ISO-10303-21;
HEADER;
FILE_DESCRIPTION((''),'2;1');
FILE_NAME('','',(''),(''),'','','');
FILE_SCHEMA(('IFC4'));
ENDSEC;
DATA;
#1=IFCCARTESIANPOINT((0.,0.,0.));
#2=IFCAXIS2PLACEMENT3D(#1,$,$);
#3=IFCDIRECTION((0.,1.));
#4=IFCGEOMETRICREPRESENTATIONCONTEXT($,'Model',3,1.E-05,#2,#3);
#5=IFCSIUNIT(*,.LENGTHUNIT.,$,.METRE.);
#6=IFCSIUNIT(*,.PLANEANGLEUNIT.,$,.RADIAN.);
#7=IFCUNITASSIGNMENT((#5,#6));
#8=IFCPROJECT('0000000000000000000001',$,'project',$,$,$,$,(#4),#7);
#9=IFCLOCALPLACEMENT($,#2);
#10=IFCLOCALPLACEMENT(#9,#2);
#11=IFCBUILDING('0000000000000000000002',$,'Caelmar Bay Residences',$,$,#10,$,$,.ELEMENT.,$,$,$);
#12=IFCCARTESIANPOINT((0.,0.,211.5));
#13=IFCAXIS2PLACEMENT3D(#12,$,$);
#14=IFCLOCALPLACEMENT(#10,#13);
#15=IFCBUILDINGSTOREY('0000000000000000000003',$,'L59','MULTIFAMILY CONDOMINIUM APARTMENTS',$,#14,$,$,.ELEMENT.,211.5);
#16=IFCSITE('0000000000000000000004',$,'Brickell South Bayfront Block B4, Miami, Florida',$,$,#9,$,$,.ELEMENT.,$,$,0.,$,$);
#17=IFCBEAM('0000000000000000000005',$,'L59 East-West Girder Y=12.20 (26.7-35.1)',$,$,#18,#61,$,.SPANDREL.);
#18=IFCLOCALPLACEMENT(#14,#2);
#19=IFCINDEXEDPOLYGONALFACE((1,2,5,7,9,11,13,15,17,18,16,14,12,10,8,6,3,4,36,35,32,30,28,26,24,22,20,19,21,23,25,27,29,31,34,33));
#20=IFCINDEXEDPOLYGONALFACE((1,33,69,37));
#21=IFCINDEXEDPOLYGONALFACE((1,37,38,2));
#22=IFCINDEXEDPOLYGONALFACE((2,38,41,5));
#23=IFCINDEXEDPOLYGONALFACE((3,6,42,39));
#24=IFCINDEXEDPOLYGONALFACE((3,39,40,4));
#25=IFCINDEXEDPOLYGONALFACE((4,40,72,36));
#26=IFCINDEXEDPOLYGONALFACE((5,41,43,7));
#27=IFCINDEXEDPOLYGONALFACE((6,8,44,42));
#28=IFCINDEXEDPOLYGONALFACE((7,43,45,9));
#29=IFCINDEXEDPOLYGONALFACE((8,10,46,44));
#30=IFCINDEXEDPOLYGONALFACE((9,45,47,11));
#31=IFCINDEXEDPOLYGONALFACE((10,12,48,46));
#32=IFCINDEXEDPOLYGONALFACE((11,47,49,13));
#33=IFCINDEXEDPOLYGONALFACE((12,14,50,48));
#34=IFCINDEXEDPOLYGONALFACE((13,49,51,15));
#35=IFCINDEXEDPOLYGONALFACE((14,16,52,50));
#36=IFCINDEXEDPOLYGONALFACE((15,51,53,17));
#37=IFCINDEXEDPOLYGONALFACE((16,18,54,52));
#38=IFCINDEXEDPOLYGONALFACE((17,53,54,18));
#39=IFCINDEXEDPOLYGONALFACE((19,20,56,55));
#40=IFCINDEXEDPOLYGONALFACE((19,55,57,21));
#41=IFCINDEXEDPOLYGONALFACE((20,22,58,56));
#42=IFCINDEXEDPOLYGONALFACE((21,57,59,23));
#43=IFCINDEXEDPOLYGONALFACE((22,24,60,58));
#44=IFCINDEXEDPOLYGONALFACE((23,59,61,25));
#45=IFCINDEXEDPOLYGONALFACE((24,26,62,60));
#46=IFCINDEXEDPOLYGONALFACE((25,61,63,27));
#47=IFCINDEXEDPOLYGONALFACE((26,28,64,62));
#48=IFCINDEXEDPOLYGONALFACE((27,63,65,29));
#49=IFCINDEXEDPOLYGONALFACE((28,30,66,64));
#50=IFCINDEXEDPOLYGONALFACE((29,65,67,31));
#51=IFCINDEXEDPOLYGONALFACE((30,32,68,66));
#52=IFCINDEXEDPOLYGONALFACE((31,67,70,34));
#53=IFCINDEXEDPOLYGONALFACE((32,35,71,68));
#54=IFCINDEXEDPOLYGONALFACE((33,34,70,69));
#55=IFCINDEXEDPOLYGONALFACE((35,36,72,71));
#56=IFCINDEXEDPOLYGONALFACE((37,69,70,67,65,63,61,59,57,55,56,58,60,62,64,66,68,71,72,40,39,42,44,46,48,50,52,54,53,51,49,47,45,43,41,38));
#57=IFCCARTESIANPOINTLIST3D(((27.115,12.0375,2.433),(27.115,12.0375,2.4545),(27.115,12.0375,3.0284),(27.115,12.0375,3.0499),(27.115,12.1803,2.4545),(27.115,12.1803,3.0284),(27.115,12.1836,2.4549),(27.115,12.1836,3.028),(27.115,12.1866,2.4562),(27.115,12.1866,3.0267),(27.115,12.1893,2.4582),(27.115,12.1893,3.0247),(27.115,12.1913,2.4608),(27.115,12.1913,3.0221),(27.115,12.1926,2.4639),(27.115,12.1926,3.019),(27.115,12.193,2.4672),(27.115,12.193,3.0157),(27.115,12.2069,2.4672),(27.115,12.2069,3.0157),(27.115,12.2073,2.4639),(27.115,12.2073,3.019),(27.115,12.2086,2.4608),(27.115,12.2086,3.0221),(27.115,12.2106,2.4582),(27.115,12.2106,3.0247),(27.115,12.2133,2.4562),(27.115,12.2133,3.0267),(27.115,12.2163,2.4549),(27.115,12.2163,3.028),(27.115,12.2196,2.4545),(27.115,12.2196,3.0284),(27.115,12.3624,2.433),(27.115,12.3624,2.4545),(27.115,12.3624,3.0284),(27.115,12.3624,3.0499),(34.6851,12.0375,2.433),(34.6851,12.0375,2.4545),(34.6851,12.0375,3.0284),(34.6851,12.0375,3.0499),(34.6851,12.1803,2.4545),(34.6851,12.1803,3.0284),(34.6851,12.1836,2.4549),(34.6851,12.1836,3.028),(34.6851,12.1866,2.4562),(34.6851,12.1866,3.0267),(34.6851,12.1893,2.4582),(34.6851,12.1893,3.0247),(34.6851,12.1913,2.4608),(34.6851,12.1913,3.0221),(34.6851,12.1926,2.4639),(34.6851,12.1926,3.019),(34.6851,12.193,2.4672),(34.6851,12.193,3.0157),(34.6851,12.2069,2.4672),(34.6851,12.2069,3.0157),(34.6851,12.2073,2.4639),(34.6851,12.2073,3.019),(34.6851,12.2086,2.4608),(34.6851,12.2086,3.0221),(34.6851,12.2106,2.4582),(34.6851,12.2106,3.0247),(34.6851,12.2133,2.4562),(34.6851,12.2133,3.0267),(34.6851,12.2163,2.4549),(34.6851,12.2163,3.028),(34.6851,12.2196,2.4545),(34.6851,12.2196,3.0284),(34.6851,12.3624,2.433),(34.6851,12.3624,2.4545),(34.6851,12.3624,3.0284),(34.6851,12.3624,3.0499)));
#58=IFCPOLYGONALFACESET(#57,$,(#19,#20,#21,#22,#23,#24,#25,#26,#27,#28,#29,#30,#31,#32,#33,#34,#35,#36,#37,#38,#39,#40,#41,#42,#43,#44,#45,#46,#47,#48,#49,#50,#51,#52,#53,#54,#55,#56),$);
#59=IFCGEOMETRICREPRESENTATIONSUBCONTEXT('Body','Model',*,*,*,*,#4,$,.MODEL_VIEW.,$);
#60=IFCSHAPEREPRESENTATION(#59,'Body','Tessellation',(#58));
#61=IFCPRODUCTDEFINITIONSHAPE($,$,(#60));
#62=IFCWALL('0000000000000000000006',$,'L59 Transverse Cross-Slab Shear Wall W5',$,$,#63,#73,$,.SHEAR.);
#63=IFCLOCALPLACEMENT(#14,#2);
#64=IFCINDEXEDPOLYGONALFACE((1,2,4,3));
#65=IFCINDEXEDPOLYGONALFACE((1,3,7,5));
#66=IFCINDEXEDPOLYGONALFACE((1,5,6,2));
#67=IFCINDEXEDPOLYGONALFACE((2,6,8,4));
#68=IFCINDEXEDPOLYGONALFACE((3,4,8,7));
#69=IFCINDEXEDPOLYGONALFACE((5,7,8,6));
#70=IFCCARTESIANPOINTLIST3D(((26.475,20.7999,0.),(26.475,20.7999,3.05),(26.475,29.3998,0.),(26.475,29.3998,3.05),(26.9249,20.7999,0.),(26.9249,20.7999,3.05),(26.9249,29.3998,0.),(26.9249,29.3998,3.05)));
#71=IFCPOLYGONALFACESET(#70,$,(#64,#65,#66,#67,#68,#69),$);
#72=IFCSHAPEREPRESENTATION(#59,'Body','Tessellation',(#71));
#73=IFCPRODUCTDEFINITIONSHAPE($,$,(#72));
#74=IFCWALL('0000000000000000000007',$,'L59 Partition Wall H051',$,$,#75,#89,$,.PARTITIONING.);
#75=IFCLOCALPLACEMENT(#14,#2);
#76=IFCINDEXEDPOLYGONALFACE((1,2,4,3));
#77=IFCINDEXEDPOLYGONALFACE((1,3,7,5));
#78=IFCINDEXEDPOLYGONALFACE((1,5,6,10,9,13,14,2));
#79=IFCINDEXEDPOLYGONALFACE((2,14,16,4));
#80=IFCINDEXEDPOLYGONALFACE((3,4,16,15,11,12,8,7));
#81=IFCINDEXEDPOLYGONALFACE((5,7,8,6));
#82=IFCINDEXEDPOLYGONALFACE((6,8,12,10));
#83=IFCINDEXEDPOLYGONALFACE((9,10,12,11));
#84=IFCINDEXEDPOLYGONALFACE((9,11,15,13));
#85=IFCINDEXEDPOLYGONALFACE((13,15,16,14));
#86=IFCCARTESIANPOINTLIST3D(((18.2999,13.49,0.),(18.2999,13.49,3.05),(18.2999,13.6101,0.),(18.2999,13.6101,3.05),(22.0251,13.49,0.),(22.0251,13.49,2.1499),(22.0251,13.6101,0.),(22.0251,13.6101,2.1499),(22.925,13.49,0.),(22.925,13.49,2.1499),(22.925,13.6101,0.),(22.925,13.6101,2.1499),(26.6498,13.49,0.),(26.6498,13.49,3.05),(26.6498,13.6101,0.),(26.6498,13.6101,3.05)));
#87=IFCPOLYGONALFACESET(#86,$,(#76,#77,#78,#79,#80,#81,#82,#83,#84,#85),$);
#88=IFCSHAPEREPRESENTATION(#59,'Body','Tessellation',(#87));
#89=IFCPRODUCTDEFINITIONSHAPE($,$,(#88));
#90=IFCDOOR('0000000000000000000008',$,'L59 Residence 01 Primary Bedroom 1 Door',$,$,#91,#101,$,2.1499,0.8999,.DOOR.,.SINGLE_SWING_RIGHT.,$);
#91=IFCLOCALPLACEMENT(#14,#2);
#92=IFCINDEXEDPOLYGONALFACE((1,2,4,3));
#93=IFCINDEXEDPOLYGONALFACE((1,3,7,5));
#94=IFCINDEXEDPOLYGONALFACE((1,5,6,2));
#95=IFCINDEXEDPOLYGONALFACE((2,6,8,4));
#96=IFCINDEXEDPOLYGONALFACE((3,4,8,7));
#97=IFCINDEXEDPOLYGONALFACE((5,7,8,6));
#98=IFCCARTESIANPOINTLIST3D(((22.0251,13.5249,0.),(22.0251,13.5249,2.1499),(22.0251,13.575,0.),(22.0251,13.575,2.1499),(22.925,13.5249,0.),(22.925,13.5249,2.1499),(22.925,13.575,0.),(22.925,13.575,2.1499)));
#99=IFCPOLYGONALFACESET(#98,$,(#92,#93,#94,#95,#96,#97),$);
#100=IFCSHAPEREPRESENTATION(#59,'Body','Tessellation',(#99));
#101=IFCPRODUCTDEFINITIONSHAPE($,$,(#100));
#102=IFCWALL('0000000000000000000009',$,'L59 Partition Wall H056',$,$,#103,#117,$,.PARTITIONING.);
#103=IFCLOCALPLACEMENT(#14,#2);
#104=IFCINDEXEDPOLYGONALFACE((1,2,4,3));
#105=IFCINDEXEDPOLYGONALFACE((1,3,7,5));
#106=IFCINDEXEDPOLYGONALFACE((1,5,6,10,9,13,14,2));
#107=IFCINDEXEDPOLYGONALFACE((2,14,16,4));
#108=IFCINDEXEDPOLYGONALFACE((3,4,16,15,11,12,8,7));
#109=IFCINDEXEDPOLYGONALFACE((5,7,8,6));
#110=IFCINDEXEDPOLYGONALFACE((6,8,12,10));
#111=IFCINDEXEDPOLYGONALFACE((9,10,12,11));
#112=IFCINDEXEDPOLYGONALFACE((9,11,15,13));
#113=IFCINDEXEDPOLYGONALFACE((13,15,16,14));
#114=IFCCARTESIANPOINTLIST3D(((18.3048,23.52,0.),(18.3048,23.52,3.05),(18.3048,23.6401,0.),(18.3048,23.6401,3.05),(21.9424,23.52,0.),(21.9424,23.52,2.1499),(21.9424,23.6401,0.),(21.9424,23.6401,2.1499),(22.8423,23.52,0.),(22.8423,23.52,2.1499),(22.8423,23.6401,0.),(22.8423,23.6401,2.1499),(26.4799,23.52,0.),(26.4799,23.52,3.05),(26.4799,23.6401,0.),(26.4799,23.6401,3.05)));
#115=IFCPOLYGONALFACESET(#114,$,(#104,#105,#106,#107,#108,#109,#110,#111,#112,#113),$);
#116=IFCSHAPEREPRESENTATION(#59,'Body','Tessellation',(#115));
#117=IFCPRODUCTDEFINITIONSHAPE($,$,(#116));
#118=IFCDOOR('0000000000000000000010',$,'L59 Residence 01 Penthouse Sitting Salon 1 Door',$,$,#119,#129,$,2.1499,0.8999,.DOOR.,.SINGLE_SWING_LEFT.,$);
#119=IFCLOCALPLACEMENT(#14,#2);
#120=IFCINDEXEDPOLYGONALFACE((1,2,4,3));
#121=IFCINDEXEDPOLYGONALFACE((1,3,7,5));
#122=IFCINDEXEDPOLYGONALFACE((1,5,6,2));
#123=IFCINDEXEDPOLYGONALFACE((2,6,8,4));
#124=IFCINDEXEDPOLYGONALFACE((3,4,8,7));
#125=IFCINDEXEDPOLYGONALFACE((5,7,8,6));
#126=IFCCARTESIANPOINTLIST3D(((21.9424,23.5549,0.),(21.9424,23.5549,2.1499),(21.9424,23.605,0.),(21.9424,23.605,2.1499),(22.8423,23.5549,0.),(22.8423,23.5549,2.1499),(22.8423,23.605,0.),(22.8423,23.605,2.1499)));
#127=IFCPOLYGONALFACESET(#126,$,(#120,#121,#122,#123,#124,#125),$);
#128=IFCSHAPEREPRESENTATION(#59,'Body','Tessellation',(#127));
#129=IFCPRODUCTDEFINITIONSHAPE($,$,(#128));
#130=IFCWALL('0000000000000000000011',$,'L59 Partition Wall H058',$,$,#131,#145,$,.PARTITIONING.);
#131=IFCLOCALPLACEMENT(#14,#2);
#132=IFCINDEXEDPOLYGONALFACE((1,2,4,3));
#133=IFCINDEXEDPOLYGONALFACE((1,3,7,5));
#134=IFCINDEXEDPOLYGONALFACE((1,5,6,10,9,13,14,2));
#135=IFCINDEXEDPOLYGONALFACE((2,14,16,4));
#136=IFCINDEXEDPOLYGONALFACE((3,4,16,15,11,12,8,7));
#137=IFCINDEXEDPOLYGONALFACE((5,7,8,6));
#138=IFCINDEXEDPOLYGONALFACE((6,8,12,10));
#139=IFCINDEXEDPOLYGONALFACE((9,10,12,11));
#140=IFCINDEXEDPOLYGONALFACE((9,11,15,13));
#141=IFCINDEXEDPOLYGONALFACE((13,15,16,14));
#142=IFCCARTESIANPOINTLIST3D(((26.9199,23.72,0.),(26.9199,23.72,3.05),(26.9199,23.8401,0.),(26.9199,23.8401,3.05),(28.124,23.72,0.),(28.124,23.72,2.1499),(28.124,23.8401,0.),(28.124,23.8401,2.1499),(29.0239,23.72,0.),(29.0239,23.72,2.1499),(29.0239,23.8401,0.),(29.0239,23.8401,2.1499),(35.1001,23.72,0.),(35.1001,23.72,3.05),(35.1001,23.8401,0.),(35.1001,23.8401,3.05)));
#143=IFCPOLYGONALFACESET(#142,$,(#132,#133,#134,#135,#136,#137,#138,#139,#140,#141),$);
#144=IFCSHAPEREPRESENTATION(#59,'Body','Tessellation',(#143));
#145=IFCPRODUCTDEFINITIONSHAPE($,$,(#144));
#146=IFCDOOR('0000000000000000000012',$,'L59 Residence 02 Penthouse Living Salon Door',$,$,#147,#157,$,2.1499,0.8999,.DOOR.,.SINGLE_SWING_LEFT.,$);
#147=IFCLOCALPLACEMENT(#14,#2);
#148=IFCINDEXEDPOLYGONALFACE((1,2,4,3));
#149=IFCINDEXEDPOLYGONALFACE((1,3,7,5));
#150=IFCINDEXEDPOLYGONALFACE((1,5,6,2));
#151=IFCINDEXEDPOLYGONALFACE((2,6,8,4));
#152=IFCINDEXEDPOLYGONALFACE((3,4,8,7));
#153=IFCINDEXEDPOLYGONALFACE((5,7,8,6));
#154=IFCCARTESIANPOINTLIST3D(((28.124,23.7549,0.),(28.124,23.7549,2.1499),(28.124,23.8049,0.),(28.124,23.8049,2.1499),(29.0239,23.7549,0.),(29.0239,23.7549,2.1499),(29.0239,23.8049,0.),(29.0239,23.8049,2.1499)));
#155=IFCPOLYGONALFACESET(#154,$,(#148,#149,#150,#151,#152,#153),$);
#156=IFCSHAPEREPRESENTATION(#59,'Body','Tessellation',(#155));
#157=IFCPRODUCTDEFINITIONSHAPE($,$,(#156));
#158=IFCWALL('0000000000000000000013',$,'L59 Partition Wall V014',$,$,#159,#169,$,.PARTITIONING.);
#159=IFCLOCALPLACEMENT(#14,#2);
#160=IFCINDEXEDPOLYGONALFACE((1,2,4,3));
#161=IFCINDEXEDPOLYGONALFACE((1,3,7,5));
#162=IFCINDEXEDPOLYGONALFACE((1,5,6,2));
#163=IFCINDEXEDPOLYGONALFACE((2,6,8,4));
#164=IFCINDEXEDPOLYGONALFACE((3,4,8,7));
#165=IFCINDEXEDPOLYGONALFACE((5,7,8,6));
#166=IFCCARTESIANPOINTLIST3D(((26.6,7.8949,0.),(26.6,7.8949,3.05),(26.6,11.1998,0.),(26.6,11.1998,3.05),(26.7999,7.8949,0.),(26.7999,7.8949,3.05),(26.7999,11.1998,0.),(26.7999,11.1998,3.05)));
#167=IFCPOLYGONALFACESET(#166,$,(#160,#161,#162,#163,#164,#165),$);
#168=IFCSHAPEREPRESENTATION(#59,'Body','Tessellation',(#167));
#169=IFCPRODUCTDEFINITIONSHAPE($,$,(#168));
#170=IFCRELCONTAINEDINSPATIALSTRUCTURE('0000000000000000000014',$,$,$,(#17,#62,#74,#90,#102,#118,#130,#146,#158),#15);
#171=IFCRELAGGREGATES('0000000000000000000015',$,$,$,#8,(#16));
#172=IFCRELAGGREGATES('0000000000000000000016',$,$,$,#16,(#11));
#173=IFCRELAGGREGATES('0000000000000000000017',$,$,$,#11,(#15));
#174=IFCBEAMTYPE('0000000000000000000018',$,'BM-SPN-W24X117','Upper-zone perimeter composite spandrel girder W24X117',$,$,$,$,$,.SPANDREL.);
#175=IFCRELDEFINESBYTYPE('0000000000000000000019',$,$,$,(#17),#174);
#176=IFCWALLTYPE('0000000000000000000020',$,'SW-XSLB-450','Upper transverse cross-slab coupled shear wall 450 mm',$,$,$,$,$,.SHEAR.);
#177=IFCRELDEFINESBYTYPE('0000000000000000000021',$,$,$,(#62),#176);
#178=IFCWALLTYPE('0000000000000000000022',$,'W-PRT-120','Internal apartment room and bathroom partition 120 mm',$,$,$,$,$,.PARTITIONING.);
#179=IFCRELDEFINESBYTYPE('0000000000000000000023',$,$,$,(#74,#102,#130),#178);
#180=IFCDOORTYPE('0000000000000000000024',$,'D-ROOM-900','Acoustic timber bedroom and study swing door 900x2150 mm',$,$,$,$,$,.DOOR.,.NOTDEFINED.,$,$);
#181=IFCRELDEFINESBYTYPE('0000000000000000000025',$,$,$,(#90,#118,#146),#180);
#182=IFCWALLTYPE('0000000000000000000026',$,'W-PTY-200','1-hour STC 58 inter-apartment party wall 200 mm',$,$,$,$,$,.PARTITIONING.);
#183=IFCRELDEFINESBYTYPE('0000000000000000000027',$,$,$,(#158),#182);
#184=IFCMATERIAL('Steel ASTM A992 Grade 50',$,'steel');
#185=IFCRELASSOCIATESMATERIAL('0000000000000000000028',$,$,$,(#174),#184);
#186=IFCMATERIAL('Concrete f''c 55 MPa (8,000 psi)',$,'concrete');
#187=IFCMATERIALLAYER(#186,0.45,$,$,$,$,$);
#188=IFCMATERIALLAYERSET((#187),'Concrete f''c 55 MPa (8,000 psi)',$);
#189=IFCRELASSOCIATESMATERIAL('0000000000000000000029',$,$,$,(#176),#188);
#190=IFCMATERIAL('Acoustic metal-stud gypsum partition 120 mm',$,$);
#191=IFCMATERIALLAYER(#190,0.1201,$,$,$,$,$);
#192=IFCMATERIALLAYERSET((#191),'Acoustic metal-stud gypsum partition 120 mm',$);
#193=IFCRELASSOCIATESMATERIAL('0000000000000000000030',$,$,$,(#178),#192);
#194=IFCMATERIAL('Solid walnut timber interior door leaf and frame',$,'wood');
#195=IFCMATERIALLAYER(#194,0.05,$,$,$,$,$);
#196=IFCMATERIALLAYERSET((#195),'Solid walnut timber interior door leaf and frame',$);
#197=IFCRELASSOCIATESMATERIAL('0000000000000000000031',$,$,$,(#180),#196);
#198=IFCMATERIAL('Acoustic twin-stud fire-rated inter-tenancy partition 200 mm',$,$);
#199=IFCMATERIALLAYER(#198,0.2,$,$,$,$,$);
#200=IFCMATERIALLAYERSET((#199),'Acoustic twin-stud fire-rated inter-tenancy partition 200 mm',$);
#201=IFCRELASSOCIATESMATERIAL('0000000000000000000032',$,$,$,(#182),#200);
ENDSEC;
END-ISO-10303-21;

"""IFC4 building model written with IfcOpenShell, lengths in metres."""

from ifc_helpers import new_model, si_unit, direction, frame, frame_2d, origin, origin_2d, place, context, subcontext, project, spatial, rectangle, i_section, extrude, material, layer, layer_set, material_profile, profile_set, type_object, element, fill, save


model = new_model("IFC4")

# Units and contexts
model_context = context("Model", 3, precision=1e-05, world=origin(), true_north=direction((0.0, 1.0)))
body_context = subcontext(model_context, "Body", "Model", "MODEL_VIEW")
ifc_project = project(units=[si_unit("LENGTHUNIT", "METRE"), si_unit("PLANEANGLEUNIT", "RADIAN")], contexts=[model_context])

# Site, building, storey
site_placement = place(None, origin())
site = spatial("IfcSite", under=ifc_project, at=site_placement, Name="Brickell South Bayfront Block B4, Miami, Florida", CompositionType="ELEMENT", RefElevation=0.0)
building_placement = place(site_placement, origin())
building = spatial("IfcBuilding", under=site, at=building_placement, Name="Caelmar Bay Residences", CompositionType="ELEMENT")
storey_placement = place(building_placement, frame((0.0, 0.0, 211.5)))
storey = spatial("IfcBuildingStorey", under=building, at=storey_placement, Name="L59", Description="MULTIFAMILY CONDOMINIUM APARTMENTS", CompositionType="ELEMENT", Elevation=211.5)

# Shared definitions
ifc_material_1 = material(Name="Concrete f'c 55 MPa (8,000 psi)", Category="concrete")

# Beam
ifc_material_2 = material(Name="Steel ASTM A992 Grade 50", Category="steel")
ifc_material_profile_1 = material_profile(ifc_material_2, i_section(OverallWidth=0.325, OverallDepth=0.6169, WebThickness=0.0139, FlangeThickness=0.0215, FilletRadius=0.0127, at=origin_2d()), Name="W24X117")
ifc_profile_set_1 = profile_set([ifc_material_profile_1], Name="Steel ASTM A992 Grade 50")
beam_type_1 = type_object("IfcBeamType", Name="BM-SPN-W24X117", Description="Upper-zone perimeter composite spandrel girder W24X117", PredefinedType="SPANDREL", material=ifc_profile_set_1)
beam_1_placement = place(storey_placement, frame((27.115, 12.2, 2.7415), z_axis=(1.0, 0.0, 0.0), x_axis=(0.0, 1.0, 0.0)))
element("IfcBeam", 1, at=beam_1_placement, inside=storey, type_object=beam_type_1, Name="L59 East-West Girder Y=12.20 (26.7-35.1)", PredefinedType="SPANDREL", context=body_context, shape_type="SweptSolid", body=[
    extrude(i_section(OverallWidth=0.325, OverallDepth=0.6169, WebThickness=0.0139, FlangeThickness=0.0215, FilletRadius=0.0127, at=origin_2d()), origin(), (0.0, 0.0, 1.0), 7.5701),
])

# Wall
ifc_layer_1 = layer(ifc_material_1, 0.45)
ifc_layer_set_1 = layer_set([ifc_layer_1], Name="Concrete f'c 55 MPa (8,000 psi)")
wall_type_1 = type_object("IfcWallType", Name="SW-XSLB-450", Description="Upper transverse cross-slab coupled shear wall 450 mm", PredefinedType="SHEAR", material=ifc_layer_set_1)
wall_1_placement = place(storey_placement, frame((26.7, 20.8, 0.0), z_axis=(0.0, 0.0, 1.0), x_axis=(0.0, 1.0, 0.0)))
element("IfcWall", 2, at=wall_1_placement, inside=storey, type_object=wall_type_1, Name="L59 Transverse Cross-Slab Shear Wall W5", PredefinedType="SHEAR", context=body_context, shape_type="SweptSolid", body=[
    extrude(rectangle(XDim=8.5999, YDim=0.45, at=frame_2d((4.2998, 0.0))), origin(), (0.0, 0.0, 1.0), 3.05),
])

# Walls, openings, doors
ifc_material_3 = material(Name="Acoustic metal-stud gypsum partition 120 mm")
ifc_layer_2 = layer(ifc_material_3, 0.1201)
ifc_layer_set_2 = layer_set([ifc_layer_2], Name="Acoustic metal-stud gypsum partition 120 mm")
wall_type_2 = type_object("IfcWallType", Name="W-PRT-120", Description="Internal apartment room and bathroom partition 120 mm", PredefinedType="PARTITIONING", material=ifc_layer_set_2)
wall_2_placement = place(storey_placement, frame((18.3, 13.55, 0.0), z_axis=(0.0, 0.0, 1.0), x_axis=(1.0, 0.0, 0.0)))
wall_2 = element("IfcWall", 3, at=wall_2_placement, inside=storey, type_object=wall_type_2, Name="L59 Partition Wall H051", PredefinedType="PARTITIONING", context=body_context, shape_type="SweptSolid", body=[
    extrude(rectangle(XDim=8.3499, YDim=0.1201, at=frame_2d((4.1748, 0.0))), origin(), (0.0, 0.0, 1.0), 3.05),
])
opening_1_placement = place(wall_2_placement, frame((3.7251, 0.0, 0.0)))
opening_1 = element("IfcOpeningElement", 4, at=opening_1_placement, cuts=wall_2, PredefinedType="OPENING", context=body_context, shape_type="SweptSolid", body=[
    extrude(rectangle(XDim=0.8999, YDim=2.1499, at=frame_2d((0.45, 1.075))), frame((0.0, 0.0701, 0.0), z_axis=(0.0, -1.0, 0.0), x_axis=(1.0, 0.0, 0.0)), (0.0, 0.0, 1.0), 0.1401),
])
ifc_material_4 = material(Name="Solid walnut timber interior door leaf and frame", Category="wood")
ifc_layer_3 = layer(ifc_material_4, 0.05)
ifc_layer_set_3 = layer_set([ifc_layer_3], Name="Solid walnut timber interior door leaf and frame")
door_type = type_object("IfcDoorType", Name="D-ROOM-900", Description="Acoustic timber bedroom and study swing door 900x2150 mm", OperationType="NOTDEFINED", PredefinedType="DOOR", material=ifc_layer_set_3)
door_1_placement = place(opening_1_placement, origin())
door_1 = element("IfcDoor", 5, at=door_1_placement, inside=storey, type_object=door_type, Name="L59 Residence 01 Primary Bedroom 1 Door", OperationType="SINGLE_SWING_RIGHT", OverallHeight=2.1499, OverallWidth=0.8999, PredefinedType="DOOR", context=body_context, shape_type="SweptSolid", body=[
    extrude(rectangle(XDim=0.8999, YDim=2.1499, at=frame_2d((0.45, 1.075))), frame((0.0, 0.0249, 0.0), z_axis=(0.0, -1.0, 0.0), x_axis=(1.0, 0.0, 0.0)), (0.0, 0.0, 1.0), 0.05),
])
fill(opening_1, door_1)
wall_3_placement = place(storey_placement, frame((18.3049, 23.5801, 0.0), z_axis=(0.0, 0.0, 1.0), x_axis=(1.0, 0.0, 0.0)))
wall_3 = element("IfcWall", 6, at=wall_3_placement, inside=storey, type_object=wall_type_2, Name="L59 Partition Wall H056", PredefinedType="PARTITIONING", context=body_context, shape_type="SweptSolid", body=[
    extrude(rectangle(XDim=8.175, YDim=0.1201, at=frame_2d((4.0874, 0.0))), origin(), (0.0, 0.0, 1.0), 3.05),
])
opening_2_placement = place(wall_3_placement, frame((3.6375, 0.0, 0.0)))
opening_2 = element("IfcOpeningElement", 7, at=opening_2_placement, cuts=wall_3, PredefinedType="OPENING", context=body_context, shape_type="SweptSolid", body=[
    extrude(rectangle(XDim=0.8999, YDim=2.1499, at=frame_2d((0.45, 1.075))), frame((0.0, 0.0701, 0.0), z_axis=(0.0, -1.0, 0.0), x_axis=(1.0, 0.0, 0.0)), (0.0, 0.0, 1.0), 0.1401),
])
door_2_placement = place(opening_2_placement, origin())
door_2 = element("IfcDoor", 8, at=door_2_placement, inside=storey, type_object=door_type, Name="L59 Residence 01 Penthouse Sitting Salon 1 Door", OperationType="SINGLE_SWING_LEFT", OverallHeight=2.1499, OverallWidth=0.8999, PredefinedType="DOOR", context=body_context, shape_type="SweptSolid", body=[
    extrude(rectangle(XDim=0.8999, YDim=2.1499, at=frame_2d((0.45, 1.075))), frame((0.0, 0.0249, 0.0), z_axis=(0.0, -1.0, 0.0), x_axis=(1.0, 0.0, 0.0)), (0.0, 0.0, 1.0), 0.05),
])
fill(opening_2, door_2)
wall_4_placement = place(storey_placement, frame((26.9199, 23.78, 0.0), z_axis=(0.0, 0.0, 1.0), x_axis=(1.0, 0.0, 0.0)))
wall_4 = element("IfcWall", 9, at=wall_4_placement, inside=storey, type_object=wall_type_2, Name="L59 Partition Wall H058", PredefinedType="PARTITIONING", context=body_context, shape_type="SweptSolid", body=[
    extrude(rectangle(XDim=8.1802, YDim=0.1201, at=frame_2d((4.0901, 0.0))), origin(), (0.0, 0.0, 1.0), 3.05),
])
opening_3_placement = place(wall_4_placement, frame((1.2041, 0.0, 0.0)))
opening_3 = element("IfcOpeningElement", 10, at=opening_3_placement, cuts=wall_4, PredefinedType="OPENING", context=body_context, shape_type="SweptSolid", body=[
    extrude(rectangle(XDim=0.8999, YDim=2.1499, at=frame_2d((0.45, 1.075))), frame((0.0, 0.0701, 0.0), z_axis=(0.0, -1.0, 0.0), x_axis=(1.0, 0.0, 0.0)), (0.0, 0.0, 1.0), 0.1401),
])
door_3_placement = place(opening_3_placement, origin())
door_3 = element("IfcDoor", 11, at=door_3_placement, inside=storey, type_object=door_type, Name="L59 Residence 02 Penthouse Living Salon Door", OperationType="SINGLE_SWING_LEFT", OverallHeight=2.1499, OverallWidth=0.8999, PredefinedType="DOOR", context=body_context, shape_type="SweptSolid", body=[
    extrude(rectangle(XDim=0.8999, YDim=2.1499, at=frame_2d((0.45, 1.075))), frame((0.0, 0.0249, 0.0), z_axis=(0.0, -1.0, 0.0), x_axis=(1.0, 0.0, 0.0)), (0.0, 0.0, 1.0), 0.05),
])
fill(opening_3, door_3)

# Wall
ifc_material_5 = material(Name="Acoustic twin-stud fire-rated inter-tenancy partition 200 mm")
ifc_layer_4 = layer(ifc_material_5, 0.2)
ifc_layer_set_4 = layer_set([ifc_layer_4], Name="Acoustic twin-stud fire-rated inter-tenancy partition 200 mm")
wall_type_3 = type_object("IfcWallType", Name="W-PTY-200", Description="1-hour STC 58 inter-apartment party wall 200 mm", PredefinedType="PARTITIONING", material=ifc_layer_set_4)
wall_5_placement = place(storey_placement, frame((26.7, 7.895, 0.0), z_axis=(0.0, 0.0, 1.0), x_axis=(0.0, 1.0, 0.0)))
element("IfcWall", 12, at=wall_5_placement, inside=storey, type_object=wall_type_3, Name="L59 Partition Wall V014", PredefinedType="PARTITIONING", context=body_context, shape_type="SweptSolid", body=[
    extrude(rectangle(XDim=3.3049, YDim=0.2, at=frame_2d((1.6523, 0.0))), origin(), (0.0, 0.0, 1.0), 3.05),
])

save(model, "model.ifc")
